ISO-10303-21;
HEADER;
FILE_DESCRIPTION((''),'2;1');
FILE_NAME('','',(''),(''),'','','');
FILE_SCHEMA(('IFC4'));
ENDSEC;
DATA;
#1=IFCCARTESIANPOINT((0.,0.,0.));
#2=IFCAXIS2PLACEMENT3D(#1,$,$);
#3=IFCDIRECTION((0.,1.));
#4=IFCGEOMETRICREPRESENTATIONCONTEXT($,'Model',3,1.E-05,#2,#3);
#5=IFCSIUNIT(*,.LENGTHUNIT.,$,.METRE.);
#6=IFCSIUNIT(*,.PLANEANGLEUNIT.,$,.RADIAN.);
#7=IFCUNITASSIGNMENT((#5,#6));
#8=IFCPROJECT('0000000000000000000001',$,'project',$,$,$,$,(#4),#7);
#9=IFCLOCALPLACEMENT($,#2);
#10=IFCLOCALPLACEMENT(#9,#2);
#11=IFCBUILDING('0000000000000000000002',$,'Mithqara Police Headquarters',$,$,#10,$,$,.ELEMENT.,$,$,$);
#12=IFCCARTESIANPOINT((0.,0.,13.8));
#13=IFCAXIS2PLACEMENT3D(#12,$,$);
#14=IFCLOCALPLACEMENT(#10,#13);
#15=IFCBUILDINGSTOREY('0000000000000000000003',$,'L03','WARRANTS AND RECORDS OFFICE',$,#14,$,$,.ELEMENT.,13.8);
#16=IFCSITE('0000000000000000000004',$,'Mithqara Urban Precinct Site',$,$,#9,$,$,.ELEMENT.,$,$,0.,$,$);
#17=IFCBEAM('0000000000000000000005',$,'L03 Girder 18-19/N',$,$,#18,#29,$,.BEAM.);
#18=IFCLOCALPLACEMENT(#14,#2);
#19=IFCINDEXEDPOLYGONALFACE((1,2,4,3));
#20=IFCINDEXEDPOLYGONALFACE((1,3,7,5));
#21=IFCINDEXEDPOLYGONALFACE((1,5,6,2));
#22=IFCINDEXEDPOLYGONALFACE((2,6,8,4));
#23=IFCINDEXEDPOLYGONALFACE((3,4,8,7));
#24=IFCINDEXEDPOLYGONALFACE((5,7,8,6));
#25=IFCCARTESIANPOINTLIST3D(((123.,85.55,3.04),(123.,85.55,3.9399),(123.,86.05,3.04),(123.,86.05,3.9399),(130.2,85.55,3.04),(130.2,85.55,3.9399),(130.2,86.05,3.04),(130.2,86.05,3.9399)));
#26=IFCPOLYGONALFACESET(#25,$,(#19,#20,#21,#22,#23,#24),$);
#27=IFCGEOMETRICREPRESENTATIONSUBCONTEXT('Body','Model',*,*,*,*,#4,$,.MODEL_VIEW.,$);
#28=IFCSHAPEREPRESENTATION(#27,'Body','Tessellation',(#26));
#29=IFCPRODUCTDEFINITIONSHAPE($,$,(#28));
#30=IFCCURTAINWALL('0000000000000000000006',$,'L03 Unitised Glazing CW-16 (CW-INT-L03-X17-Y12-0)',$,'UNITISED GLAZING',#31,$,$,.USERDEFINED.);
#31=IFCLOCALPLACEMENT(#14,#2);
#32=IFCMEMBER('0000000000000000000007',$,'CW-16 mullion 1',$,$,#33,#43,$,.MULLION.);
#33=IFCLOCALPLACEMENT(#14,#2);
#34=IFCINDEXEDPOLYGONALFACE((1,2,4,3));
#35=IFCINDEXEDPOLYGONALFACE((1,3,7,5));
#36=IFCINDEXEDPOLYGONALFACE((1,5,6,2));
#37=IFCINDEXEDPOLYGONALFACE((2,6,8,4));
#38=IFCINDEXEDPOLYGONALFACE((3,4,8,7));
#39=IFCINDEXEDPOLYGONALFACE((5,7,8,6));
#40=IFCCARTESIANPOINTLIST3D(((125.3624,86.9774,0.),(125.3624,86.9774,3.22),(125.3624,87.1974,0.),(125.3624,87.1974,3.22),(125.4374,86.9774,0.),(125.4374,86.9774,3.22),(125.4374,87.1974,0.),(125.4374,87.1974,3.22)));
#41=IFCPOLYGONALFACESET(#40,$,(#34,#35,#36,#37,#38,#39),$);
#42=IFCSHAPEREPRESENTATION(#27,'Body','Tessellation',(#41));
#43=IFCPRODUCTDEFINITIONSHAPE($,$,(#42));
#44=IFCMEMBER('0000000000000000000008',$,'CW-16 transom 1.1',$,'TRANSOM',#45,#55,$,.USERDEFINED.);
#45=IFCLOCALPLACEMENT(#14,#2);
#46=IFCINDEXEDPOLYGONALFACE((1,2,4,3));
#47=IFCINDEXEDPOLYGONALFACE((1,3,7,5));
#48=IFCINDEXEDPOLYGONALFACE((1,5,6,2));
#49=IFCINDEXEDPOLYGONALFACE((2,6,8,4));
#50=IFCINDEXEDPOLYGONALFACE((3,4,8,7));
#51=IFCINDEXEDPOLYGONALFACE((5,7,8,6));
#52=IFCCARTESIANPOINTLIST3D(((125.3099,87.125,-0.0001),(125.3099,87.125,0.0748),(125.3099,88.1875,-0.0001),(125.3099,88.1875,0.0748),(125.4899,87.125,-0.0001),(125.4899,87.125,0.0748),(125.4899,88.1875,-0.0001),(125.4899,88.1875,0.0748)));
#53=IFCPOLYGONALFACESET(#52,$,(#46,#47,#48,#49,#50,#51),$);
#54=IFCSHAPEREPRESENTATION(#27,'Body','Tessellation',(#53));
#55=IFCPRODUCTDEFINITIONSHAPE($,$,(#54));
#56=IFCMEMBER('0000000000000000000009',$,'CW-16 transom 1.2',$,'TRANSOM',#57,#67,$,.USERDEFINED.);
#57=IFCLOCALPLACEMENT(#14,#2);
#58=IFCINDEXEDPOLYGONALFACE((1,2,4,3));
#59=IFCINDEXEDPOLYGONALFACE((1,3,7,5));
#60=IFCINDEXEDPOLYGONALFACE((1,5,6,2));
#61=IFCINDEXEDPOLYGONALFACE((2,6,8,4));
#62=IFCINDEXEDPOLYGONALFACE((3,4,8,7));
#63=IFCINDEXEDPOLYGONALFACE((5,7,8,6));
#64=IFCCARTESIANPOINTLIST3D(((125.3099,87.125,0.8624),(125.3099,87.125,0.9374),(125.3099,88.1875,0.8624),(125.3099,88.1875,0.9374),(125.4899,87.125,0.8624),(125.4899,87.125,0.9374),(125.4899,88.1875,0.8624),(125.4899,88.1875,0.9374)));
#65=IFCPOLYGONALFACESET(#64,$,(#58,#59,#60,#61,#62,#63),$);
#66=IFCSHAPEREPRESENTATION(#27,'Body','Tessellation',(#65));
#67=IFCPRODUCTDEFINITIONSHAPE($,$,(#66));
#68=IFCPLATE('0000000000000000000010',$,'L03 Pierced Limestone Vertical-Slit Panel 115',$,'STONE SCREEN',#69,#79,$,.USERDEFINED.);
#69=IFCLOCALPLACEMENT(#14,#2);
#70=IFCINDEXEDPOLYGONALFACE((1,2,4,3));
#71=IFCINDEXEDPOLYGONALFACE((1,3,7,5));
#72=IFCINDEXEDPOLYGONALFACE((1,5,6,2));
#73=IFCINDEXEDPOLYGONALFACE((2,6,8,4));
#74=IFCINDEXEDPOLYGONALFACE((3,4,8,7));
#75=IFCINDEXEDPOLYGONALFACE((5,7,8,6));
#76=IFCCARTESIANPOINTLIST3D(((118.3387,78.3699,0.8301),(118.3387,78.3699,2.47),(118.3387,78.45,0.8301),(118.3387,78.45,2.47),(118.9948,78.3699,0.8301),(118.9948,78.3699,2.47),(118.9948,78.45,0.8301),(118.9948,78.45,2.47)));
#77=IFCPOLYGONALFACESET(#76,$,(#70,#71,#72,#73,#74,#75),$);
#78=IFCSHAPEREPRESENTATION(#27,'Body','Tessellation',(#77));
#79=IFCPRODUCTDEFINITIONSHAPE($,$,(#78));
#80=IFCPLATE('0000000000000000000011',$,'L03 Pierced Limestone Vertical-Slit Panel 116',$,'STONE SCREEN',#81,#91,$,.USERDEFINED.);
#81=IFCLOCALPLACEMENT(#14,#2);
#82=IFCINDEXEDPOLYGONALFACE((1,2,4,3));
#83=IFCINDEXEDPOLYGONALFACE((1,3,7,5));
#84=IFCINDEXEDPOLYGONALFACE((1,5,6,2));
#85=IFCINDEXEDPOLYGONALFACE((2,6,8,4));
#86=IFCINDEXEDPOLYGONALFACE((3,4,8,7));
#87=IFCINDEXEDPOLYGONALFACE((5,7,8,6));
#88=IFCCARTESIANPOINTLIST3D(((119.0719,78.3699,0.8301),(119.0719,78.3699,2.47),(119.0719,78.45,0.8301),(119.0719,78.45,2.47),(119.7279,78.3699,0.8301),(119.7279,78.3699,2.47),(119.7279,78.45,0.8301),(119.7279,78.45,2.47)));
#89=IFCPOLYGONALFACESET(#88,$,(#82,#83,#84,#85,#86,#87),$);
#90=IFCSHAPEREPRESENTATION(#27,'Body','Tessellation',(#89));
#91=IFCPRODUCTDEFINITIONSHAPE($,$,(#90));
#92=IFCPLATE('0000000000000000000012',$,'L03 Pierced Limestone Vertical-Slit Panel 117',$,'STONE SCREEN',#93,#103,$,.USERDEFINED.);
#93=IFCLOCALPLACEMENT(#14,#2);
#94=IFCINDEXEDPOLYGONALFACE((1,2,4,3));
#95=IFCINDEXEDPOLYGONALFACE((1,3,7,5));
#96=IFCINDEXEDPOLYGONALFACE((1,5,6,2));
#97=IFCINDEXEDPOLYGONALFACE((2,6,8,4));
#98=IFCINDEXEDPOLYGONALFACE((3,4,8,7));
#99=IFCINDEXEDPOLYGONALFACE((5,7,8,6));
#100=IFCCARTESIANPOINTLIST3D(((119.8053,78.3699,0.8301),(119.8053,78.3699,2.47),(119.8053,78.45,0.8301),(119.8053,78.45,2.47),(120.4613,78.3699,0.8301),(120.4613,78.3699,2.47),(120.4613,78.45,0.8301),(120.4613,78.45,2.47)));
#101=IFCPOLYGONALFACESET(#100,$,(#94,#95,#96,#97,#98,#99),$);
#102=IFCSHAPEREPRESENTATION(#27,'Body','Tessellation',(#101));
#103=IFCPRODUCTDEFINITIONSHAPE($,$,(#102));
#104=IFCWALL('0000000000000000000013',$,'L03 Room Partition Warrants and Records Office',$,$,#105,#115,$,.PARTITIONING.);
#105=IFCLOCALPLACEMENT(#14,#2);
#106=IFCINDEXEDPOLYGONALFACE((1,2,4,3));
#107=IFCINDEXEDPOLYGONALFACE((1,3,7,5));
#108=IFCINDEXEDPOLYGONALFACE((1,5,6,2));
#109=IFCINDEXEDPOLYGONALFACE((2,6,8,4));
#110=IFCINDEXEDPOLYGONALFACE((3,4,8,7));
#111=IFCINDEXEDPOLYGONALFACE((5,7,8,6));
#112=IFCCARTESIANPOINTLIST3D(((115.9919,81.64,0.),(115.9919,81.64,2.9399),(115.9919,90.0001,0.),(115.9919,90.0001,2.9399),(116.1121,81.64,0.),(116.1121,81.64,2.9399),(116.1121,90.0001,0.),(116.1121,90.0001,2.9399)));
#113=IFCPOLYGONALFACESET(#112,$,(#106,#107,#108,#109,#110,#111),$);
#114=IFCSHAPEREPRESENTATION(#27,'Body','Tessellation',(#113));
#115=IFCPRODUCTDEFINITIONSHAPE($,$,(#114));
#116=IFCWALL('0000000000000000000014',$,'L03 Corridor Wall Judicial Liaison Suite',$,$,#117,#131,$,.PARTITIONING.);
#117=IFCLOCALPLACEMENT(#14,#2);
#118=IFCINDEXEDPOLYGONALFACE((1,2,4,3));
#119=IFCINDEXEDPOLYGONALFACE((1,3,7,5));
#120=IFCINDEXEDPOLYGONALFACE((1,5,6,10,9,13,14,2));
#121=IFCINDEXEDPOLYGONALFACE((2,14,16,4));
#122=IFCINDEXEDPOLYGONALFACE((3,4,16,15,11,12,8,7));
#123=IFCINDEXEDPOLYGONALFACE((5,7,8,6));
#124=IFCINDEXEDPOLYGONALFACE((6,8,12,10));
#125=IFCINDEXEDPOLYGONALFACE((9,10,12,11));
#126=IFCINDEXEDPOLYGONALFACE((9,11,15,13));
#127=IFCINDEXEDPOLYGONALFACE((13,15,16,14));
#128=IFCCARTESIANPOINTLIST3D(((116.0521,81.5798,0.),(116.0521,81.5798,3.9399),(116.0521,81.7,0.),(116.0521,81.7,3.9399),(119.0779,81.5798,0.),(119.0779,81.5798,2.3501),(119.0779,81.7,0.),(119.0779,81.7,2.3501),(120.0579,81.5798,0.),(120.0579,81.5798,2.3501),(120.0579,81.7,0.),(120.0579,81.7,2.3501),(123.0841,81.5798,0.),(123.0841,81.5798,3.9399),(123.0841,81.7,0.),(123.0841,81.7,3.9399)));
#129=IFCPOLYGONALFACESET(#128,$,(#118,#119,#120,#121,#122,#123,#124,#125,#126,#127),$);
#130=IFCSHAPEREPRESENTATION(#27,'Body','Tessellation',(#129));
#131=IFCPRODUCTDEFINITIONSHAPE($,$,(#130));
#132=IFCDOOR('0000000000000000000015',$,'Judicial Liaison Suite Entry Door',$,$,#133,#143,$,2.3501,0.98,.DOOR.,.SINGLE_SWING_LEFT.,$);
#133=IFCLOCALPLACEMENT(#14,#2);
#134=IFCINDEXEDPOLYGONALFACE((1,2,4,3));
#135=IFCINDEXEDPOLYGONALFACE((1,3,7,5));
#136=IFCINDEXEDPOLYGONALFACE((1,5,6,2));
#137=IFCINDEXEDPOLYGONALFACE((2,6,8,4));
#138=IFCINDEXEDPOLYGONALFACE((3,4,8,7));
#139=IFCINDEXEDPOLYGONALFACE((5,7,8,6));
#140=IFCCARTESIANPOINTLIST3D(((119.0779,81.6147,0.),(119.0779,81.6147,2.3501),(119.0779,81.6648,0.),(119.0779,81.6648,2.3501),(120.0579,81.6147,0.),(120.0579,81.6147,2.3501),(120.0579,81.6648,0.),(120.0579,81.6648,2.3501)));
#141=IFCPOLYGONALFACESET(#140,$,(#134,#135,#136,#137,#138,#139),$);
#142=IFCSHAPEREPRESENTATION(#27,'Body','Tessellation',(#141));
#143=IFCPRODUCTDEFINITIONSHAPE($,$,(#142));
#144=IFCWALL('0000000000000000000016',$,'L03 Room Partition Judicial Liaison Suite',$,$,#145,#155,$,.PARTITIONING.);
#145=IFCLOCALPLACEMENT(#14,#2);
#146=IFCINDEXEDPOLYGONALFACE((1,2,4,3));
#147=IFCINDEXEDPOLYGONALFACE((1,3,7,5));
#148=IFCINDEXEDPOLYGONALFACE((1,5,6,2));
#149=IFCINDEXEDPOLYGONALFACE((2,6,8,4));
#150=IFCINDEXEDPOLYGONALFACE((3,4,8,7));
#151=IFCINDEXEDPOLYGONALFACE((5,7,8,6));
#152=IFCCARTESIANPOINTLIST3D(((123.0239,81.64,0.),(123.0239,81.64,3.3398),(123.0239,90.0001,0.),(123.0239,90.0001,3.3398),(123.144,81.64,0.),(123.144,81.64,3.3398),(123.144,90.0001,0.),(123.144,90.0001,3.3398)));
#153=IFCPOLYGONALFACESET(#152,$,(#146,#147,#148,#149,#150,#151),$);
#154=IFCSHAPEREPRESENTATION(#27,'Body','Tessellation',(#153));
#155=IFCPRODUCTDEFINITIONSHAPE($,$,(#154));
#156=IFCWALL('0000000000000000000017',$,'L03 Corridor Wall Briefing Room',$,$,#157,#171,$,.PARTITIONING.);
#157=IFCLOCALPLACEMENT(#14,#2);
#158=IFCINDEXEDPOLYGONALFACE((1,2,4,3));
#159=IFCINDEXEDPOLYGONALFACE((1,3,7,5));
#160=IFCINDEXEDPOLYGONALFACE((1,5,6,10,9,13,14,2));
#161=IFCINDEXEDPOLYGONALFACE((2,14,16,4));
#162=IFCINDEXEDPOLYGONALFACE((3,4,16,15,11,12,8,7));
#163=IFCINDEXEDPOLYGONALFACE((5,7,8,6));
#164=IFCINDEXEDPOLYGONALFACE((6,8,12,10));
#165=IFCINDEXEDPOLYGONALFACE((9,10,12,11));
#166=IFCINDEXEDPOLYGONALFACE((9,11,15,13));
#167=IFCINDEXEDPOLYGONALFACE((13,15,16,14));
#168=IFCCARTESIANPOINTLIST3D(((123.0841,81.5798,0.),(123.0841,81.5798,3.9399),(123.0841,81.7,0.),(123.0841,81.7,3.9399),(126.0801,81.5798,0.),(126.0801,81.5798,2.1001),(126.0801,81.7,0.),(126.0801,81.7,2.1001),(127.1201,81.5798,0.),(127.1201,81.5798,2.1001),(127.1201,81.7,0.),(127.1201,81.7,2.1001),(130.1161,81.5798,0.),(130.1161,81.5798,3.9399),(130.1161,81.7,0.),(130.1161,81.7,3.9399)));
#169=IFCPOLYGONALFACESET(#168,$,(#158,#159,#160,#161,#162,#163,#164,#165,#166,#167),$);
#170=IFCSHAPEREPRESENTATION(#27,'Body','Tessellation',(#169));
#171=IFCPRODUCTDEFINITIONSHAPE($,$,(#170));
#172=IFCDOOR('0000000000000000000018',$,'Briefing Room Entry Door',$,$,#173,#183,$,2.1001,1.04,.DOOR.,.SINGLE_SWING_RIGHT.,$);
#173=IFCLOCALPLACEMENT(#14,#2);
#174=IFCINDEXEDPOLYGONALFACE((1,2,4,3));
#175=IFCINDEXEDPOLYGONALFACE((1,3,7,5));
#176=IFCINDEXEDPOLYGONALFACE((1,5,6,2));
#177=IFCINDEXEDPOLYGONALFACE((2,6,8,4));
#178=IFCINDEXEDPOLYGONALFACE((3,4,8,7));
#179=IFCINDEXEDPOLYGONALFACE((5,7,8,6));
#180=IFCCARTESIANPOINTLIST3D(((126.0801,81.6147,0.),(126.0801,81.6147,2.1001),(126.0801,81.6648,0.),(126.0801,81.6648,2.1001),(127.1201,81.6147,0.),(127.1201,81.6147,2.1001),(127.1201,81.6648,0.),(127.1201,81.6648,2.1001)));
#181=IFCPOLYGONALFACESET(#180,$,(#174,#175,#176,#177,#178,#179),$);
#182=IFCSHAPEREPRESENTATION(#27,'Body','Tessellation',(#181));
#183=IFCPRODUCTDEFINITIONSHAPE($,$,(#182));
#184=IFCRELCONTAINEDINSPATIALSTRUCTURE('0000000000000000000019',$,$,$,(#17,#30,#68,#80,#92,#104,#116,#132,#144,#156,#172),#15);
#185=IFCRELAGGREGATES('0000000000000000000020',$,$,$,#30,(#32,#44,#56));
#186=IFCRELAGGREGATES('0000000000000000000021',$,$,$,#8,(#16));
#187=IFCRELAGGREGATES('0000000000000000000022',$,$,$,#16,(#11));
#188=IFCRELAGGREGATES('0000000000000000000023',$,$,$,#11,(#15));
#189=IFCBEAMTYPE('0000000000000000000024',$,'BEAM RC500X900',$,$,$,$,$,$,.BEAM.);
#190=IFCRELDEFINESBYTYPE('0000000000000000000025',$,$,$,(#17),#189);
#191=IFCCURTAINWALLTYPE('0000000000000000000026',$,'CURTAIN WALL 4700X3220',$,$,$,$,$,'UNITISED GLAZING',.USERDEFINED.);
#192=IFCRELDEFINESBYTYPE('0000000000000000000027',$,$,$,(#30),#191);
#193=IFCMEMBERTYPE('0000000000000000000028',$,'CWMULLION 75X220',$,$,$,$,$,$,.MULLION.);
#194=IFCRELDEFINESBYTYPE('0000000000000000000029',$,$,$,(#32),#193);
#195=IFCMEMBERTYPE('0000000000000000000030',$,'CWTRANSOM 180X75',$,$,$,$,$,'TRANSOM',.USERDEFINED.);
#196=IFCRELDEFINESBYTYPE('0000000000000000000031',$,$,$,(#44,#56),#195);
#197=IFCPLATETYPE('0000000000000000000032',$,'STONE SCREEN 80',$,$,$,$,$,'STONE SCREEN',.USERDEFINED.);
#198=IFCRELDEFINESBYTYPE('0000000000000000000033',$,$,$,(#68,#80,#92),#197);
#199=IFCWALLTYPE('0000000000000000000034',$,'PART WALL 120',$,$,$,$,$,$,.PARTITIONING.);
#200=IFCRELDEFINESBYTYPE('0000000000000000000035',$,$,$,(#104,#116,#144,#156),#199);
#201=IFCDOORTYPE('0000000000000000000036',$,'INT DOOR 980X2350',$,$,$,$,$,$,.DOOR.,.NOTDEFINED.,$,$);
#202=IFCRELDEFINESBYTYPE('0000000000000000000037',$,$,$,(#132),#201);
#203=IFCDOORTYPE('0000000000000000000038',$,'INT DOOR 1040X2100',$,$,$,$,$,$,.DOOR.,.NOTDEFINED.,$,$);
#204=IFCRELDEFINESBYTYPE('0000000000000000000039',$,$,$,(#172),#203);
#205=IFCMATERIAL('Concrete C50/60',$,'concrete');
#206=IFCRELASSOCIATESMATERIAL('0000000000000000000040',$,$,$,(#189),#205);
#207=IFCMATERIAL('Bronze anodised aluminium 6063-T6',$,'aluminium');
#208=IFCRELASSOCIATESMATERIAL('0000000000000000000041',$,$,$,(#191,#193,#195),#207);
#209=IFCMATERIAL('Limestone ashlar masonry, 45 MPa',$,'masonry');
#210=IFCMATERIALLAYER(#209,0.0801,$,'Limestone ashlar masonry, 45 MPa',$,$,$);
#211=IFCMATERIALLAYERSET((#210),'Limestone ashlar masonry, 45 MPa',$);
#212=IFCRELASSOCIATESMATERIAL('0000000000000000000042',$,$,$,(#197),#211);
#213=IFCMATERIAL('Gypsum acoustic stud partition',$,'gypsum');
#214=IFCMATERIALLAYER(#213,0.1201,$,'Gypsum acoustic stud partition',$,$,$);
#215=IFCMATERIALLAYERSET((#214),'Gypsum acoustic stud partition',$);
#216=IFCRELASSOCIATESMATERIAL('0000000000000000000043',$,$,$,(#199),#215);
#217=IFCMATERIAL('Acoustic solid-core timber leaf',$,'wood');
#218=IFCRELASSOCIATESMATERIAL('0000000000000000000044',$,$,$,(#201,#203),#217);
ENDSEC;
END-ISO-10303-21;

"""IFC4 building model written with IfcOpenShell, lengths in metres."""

from ifc_helpers import new_model, si_unit, direction, frame, frame_2d, origin, origin_2d, place, context, subcontext, project, spatial, rectangle, extrude, material, layer, layer_set, material_profile, profile_set, type_object, element, fill, aggregate, save


model = new_model("IFC4")

# Units and contexts
model_context = context("Model", 3, precision=1e-05, world=origin(), true_north=direction((0.0, 1.0)))
body_context = subcontext(model_context, "Body", "Model", "MODEL_VIEW")
ifc_project = project(units=[si_unit("LENGTHUNIT", "METRE"), si_unit("PLANEANGLEUNIT", "RADIAN")], contexts=[model_context])

# Site, building, storey
site_placement = place(None, origin())
site = spatial("IfcSite", under=ifc_project, at=site_placement, Name="Mithqara Urban Precinct Site", CompositionType="ELEMENT", RefElevation=0.0)
building_placement = place(site_placement, origin())
building = spatial("IfcBuilding", under=site, at=building_placement, Name="Mithqara Police Headquarters", CompositionType="ELEMENT")
storey_placement = place(building_placement, frame((0.0, 0.0, 13.8)))
storey = spatial("IfcBuildingStorey", under=building, at=storey_placement, Name="L03", Description="WARRANTS AND RECORDS OFFICE", CompositionType="ELEMENT", Elevation=13.8)

# Shared definitions
ifc_material_1 = material(Name="Concrete C50/60", Category="concrete")

# Beam
ifc_material_profile_1 = material_profile(ifc_material_1, rectangle(XDim=0.5, YDim=0.8999, at=origin_2d()), Name="RC 500x900")
ifc_profile_set_1 = profile_set([ifc_material_profile_1], Name="Concrete C50/60")
beam_type_1 = type_object("IfcBeamType", Name="BEAM RC500X900", PredefinedType="BEAM", material=ifc_profile_set_1)
beam_1_placement = place(storey_placement, frame((123.0, 85.8, 3.49), z_axis=(1.0, 0.0, 0.0), x_axis=(0.0, 1.0, 0.0)))
element("IfcBeam", 1, at=beam_1_placement, inside=storey, type_object=beam_type_1, Name="L03 Girder 18-19/N", PredefinedType="BEAM", context=body_context, shape_type="SweptSolid", body=[
    extrude(rectangle(XDim=0.5, YDim=0.8999, at=origin_2d()), origin(), (0.0, 0.0, 1.0), 7.2),
])

# Curtain wall, members
ifc_material_2 = material(Name="Bronze anodised aluminium 6063-T6", Category="aluminium")
curtain_wall_type = type_object("IfcCurtainWallType", Name="CURTAIN WALL 4700X3220", ElementType="UNITISED GLAZING", PredefinedType="USERDEFINED", material=ifc_material_2)
curtain_wall_placement = place(storey_placement, origin())
curtain_wall = element("IfcCurtainWall", 2, at=curtain_wall_placement, inside=storey, type_object=curtain_wall_type, Name="L03 Unitised Glazing CW-16 (CW-INT-L03-X17-Y12-0)", ObjectType="UNITISED GLAZING", PredefinedType="USERDEFINED")
ifc_material_profile_2 = material_profile(ifc_material_2, rectangle(XDim=0.075, YDim=0.22, at=origin_2d()), Name="CWM 75x220")
ifc_profile_set_2 = profile_set([ifc_material_profile_2], Name="Bronze anodised aluminium 6063-T6")
member_type_1 = type_object("IfcMemberType", Name="CWMULLION 75X220", PredefinedType="MULLION", material=ifc_profile_set_2)
member_1_placement = place(storey_placement, frame((125.3999, 87.0874, 0.0), z_axis=(0.0, 0.0, 1.0), x_axis=(-1.0, 0.0, 0.0)))
member_1 = element("IfcMember", 3, at=member_1_placement, type_object=member_type_1, Name="CW-16 mullion 1", PredefinedType="MULLION", context=body_context, shape_type="SweptSolid", body=[
    extrude(rectangle(XDim=0.075, YDim=0.22, at=origin_2d()), origin(), (0.0, 0.0, 1.0), 3.22),
])
ifc_material_profile_3 = material_profile(ifc_material_2, rectangle(XDim=0.1799, YDim=0.075, at=origin_2d()), Name="CWT 180x75")
ifc_profile_set_3 = profile_set([ifc_material_profile_3], Name="Bronze anodised aluminium 6063-T6")
member_type_2 = type_object("IfcMemberType", Name="CWTRANSOM 180X75", ElementType="TRANSOM", PredefinedType="USERDEFINED", material=ifc_profile_set_3)
member_2_placement = place(storey_placement, frame((125.3999, 87.125, 0.0374), z_axis=(0.0, 1.0, 0.0), x_axis=(-1.0, 0.0, 0.0)))
member_2 = element("IfcMember", 4, at=member_2_placement, type_object=member_type_2, Name="CW-16 transom 1.1", ObjectType="TRANSOM", PredefinedType="USERDEFINED", context=body_context, shape_type="SweptSolid", body=[
    extrude(rectangle(XDim=0.1799, YDim=0.075, at=origin_2d()), origin(), (0.0, 0.0, 1.0), 1.0625),
])
member_3_placement = place(storey_placement, frame((125.3999, 87.125, 0.8999), z_axis=(0.0, 1.0, 0.0), x_axis=(-1.0, 0.0, 0.0)))
member_3 = element("IfcMember", 5, at=member_3_placement, type_object=member_type_2, Name="CW-16 transom 1.2", ObjectType="TRANSOM", PredefinedType="USERDEFINED", context=body_context, shape_type="SweptSolid", body=[
    extrude(rectangle(XDim=0.1799, YDim=0.075, at=origin_2d()), origin(), (0.0, 0.0, 1.0), 1.0625),
])
aggregate(curtain_wall, [member_1, member_2, member_3])

# Plates
ifc_material_3 = material(Name="Limestone ashlar masonry, 45 MPa", Category="masonry")
ifc_layer_1 = layer(ifc_material_3, 0.0801, Name="Limestone ashlar masonry, 45 MPa")
ifc_layer_set_1 = layer_set([ifc_layer_1], Name="Limestone ashlar masonry, 45 MPa")
plate_type = type_object("IfcPlateType", Name="STONE SCREEN 80", ElementType="STONE SCREEN", PredefinedType="USERDEFINED", material=ifc_layer_set_1)
for number, where, z_axis, x_axis, name in (
    (6, (118.6667, 78.4099, 0.8301), (0.0, 0.0, 1.0), (1.0, 0.0, 0.0), "L03 Pierced Limestone Vertical-Slit Panel 115"),
    (7, (119.3999, 78.4099, 0.8301), (0.0, 0.0, 1.0), (1.0, 0.0, 0.0), "L03 Pierced Limestone Vertical-Slit Panel 116"),
    (8, (120.1333, 78.4099, 0.8301), (0.0, 0.0, 1.0), (1.0, 0.0, 0.0), "L03 Pierced Limestone Vertical-Slit Panel 117"),
):
    element("IfcPlate", number, at=place(storey_placement, frame(where, z_axis=z_axis, x_axis=x_axis)), inside=storey, type_object=plate_type, Name=name, ObjectType="STONE SCREEN", PredefinedType="USERDEFINED", context=body_context, shape_type="SweptSolid", body=[
        extrude(rectangle(XDim=0.656, YDim=0.0801, at=origin_2d()), origin(), (0.0, 0.0, 1.0), 1.6399),
    ])

# Wall
ifc_material_4 = material(Name="Gypsum acoustic stud partition", Category="gypsum")
ifc_layer_2 = layer(ifc_material_4, 0.1201, Name="Gypsum acoustic stud partition")
ifc_layer_set_2 = layer_set([ifc_layer_2], Name="Gypsum acoustic stud partition")
wall_type = type_object("IfcWallType", Name="PART WALL 120", PredefinedType="PARTITIONING", material=ifc_layer_set_2)
wall_1_placement = place(storey_placement, frame((116.052, 81.6399, 0.0), z_axis=(0.0, 0.0, 1.0), x_axis=(0.0, 1.0, 0.0)))
element("IfcWall", 9, at=wall_1_placement, inside=storey, type_object=wall_type, Name="L03 Room Partition Warrants and Records Office", PredefinedType="PARTITIONING", context=body_context, shape_type="SweptSolid", body=[
    extrude(rectangle(XDim=8.3601, YDim=0.1201, at=frame_2d((4.1802, 0.0))), origin(), (0.0, 0.0, 1.0), 2.9399),
])

# Wall, opening, door
wall_2_placement = place(storey_placement, frame((116.052, 81.6399, 0.0), z_axis=(0.0, 0.0, 1.0), x_axis=(1.0, 0.0, 0.0)))
wall_2 = element("IfcWall", 10, at=wall_2_placement, inside=storey, type_object=wall_type, Name="L03 Corridor Wall Judicial Liaison Suite", PredefinedType="PARTITIONING", context=body_context, shape_type="SweptSolid", body=[
    extrude(rectangle(XDim=7.032, YDim=0.1201, at=frame_2d((3.5161, 0.0))), origin(), (0.0, 0.0, 1.0), 3.9399),
])
opening_1_placement = place(wall_2_placement, frame((3.0259, 0.0, 0.0)))
opening_1 = element("IfcOpeningElement", 11, at=opening_1_placement, cuts=wall_2, PredefinedType="OPENING", context=body_context, shape_type="SweptSolid", body=[
    extrude(rectangle(XDim=0.98, YDim=2.3501, at=frame_2d((0.49, 1.175))), frame((0.0, 0.0701, 0.0), z_axis=(0.0, -1.0, 0.0), x_axis=(1.0, 0.0, 0.0)), (0.0, 0.0, 1.0), 0.1401),
])
ifc_material_5 = material(Name="Acoustic solid-core timber leaf", Category="wood")
door_type_1 = type_object("IfcDoorType", Name="INT DOOR 980X2350", OperationType="NOTDEFINED", PredefinedType="DOOR", material=ifc_material_5)
door_1_placement = place(opening_1_placement, origin())
door_1 = element("IfcDoor", 12, at=door_1_placement, inside=storey, type_object=door_type_1, Name="Judicial Liaison Suite Entry Door", OperationType="SINGLE_SWING_LEFT", OverallHeight=2.3501, OverallWidth=0.98, PredefinedType="DOOR", context=body_context, shape_type="SweptSolid", body=[
    extrude(rectangle(XDim=0.98, YDim=2.3501, at=frame_2d((0.49, 1.175))), frame((0.0, 0.0249, 0.0), z_axis=(0.0, -1.0, 0.0), x_axis=(1.0, 0.0, 0.0)), (0.0, 0.0, 1.0), 0.05),
])
fill(opening_1, door_1)

# Wall
wall_3_placement = place(storey_placement, frame((123.084, 81.6399, 0.0), z_axis=(0.0, 0.0, 1.0), x_axis=(0.0, 1.0, 0.0)))
element("IfcWall", 13, at=wall_3_placement, inside=storey, type_object=wall_type, Name="L03 Room Partition Judicial Liaison Suite", PredefinedType="PARTITIONING", context=body_context, shape_type="SweptSolid", body=[
    extrude(rectangle(XDim=8.3601, YDim=0.1201, at=frame_2d((4.1802, 0.0))), origin(), (0.0, 0.0, 1.0), 3.3398),
])

# Wall, opening, door
wall_4_placement = place(storey_placement, frame((123.084, 81.6399, 0.0), z_axis=(0.0, 0.0, 1.0), x_axis=(1.0, 0.0, 0.0)))
wall_4 = element("IfcWall", 14, at=wall_4_placement, inside=storey, type_object=wall_type, Name="L03 Corridor Wall Briefing Room", PredefinedType="PARTITIONING", context=body_context, shape_type="SweptSolid", body=[
    extrude(rectangle(XDim=7.032, YDim=0.1201, at=frame_2d((3.5161, 0.0))), origin(), (0.0, 0.0, 1.0), 3.9399),
])
opening_2_placement = place(wall_4_placement, frame((2.9961, 0.0, 0.0)))
opening_2 = element("IfcOpeningElement", 15, at=opening_2_placement, cuts=wall_4, PredefinedType="OPENING", context=body_context, shape_type="SweptSolid", body=[
    extrude(rectangle(XDim=1.04, YDim=2.1001, at=frame_2d((0.52, 1.05))), frame((0.0, 0.0701, 0.0), z_axis=(0.0, -1.0, 0.0), x_axis=(1.0, 0.0, 0.0)), (0.0, 0.0, 1.0), 0.1401),
])
door_type_2 = type_object("IfcDoorType", Name="INT DOOR 1040X2100", OperationType="NOTDEFINED", PredefinedType="DOOR", material=ifc_material_5)
door_2_placement = place(opening_2_placement, origin())
door_2 = element("IfcDoor", 16, at=door_2_placement, inside=storey, type_object=door_type_2, Name="Briefing Room Entry Door", OperationType="SINGLE_SWING_RIGHT", OverallHeight=2.1001, OverallWidth=1.04, PredefinedType="DOOR", context=body_context, shape_type="SweptSolid", body=[
    extrude(rectangle(XDim=1.04, YDim=2.1001, at=frame_2d((0.52, 1.05))), frame((0.0, 0.0249, 0.0), z_axis=(0.0, -1.0, 0.0), x_axis=(1.0, 0.0, 0.0)), (0.0, 0.0, 1.0), 0.05),
])
fill(opening_2, door_2)

save(model, "model.ifc")
